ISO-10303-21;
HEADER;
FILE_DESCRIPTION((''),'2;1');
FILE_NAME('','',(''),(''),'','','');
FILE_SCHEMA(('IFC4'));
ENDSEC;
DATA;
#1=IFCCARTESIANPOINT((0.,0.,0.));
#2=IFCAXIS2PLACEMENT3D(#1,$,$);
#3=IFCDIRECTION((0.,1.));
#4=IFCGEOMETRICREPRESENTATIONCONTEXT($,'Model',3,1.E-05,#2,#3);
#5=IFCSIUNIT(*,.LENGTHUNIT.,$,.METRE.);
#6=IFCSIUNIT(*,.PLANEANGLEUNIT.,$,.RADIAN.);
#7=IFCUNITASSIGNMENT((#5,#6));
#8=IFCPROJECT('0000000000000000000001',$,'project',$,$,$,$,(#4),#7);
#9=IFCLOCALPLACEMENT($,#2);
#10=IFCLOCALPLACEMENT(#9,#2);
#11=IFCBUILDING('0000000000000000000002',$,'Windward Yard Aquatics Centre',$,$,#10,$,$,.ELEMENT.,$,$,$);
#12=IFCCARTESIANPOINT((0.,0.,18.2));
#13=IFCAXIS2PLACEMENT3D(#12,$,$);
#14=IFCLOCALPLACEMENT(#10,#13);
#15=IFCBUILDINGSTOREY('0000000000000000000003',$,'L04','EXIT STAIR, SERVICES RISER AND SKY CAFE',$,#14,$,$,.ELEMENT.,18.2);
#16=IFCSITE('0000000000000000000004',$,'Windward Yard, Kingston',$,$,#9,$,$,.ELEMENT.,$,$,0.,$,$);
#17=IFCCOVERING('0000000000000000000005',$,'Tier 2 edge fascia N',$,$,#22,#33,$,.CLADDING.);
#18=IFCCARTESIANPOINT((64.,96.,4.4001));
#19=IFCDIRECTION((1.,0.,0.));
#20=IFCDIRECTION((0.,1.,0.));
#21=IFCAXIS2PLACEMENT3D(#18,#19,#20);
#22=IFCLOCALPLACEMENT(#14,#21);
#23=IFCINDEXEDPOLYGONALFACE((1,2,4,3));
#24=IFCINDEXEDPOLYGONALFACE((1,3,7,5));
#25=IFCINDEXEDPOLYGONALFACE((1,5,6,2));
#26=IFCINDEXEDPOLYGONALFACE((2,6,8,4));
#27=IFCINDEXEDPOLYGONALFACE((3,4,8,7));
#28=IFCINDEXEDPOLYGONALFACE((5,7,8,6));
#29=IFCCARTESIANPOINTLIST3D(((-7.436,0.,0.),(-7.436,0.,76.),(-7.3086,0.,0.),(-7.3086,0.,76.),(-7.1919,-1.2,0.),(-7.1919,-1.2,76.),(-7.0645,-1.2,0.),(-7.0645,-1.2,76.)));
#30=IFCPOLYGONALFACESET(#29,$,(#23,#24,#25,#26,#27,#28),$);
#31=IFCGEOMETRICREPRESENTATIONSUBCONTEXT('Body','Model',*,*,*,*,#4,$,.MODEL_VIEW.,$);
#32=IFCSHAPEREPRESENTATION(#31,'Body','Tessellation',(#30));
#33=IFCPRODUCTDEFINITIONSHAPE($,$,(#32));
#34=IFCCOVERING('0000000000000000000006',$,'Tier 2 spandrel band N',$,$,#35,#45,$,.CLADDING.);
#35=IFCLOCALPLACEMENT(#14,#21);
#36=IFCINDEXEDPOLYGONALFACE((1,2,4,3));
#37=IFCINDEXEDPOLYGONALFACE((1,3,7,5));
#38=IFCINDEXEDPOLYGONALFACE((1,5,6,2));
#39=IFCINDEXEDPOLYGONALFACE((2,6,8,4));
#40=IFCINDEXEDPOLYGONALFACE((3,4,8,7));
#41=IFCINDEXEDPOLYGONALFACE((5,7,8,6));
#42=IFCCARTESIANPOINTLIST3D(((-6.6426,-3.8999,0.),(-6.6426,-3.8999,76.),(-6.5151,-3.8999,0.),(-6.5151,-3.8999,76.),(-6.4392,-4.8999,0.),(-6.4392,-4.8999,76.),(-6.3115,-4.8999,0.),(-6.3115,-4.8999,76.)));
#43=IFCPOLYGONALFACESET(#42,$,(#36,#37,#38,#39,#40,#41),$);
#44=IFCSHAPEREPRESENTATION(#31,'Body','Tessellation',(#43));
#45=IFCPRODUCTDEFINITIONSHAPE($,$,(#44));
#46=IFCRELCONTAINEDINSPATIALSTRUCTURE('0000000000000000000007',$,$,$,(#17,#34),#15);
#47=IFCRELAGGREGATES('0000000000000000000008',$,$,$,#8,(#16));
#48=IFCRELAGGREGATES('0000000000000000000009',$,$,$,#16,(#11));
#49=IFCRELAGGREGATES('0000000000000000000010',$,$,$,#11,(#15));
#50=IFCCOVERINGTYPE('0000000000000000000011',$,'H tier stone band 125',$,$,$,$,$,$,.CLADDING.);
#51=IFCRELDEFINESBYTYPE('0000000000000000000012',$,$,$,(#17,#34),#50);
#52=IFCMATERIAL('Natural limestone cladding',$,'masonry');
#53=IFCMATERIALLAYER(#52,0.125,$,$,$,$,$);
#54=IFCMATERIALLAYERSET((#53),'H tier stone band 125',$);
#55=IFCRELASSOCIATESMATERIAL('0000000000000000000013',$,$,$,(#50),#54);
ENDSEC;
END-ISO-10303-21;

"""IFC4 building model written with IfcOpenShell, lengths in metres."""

from ifc_helpers import new_model, si_unit, direction, frame, origin, place, context, subcontext, project, spatial, polyline, outline, extrude, material, layer, layer_set, type_object, element, save


model = new_model("IFC4")

# Units and contexts
model_context = context("Model", 3, precision=1e-05, world=origin(), true_north=direction((0.0, 1.0)))
body_context = subcontext(model_context, "Body", "Model", "MODEL_VIEW")
ifc_project = project(units=[si_unit("LENGTHUNIT", "METRE"), si_unit("PLANEANGLEUNIT", "RADIAN")], contexts=[model_context])

# Site, building, storey
site_placement = place(None, origin())
site = spatial("IfcSite", under=ifc_project, at=site_placement, Name="Windward Yard, Kingston", CompositionType="ELEMENT", RefElevation=0.0)
building_placement = place(site_placement, origin())
building = spatial("IfcBuilding", under=site, at=building_placement, Name="Windward Yard Aquatics Centre", CompositionType="ELEMENT")
storey_placement = place(building_placement, frame((0.0, 0.0, 18.2)))
storey = spatial("IfcBuildingStorey", under=building, at=storey_placement, Name="L04", Description="EXIT STAIR, SERVICES RISER AND SKY CAFE", CompositionType="ELEMENT", Elevation=18.2)

# Coverings
ifc_material_1 = material(Name="Natural limestone cladding", Category="masonry")
ifc_layer_1 = layer(ifc_material_1, 0.125)
ifc_layer_set_1 = layer_set([ifc_layer_1], Name="H tier stone band 125")
covering_type = type_object("IfcCoveringType", Name="H tier stone band 125", PredefinedType="CLADDING", material=ifc_layer_set_1)
covering_1_placement = place(storey_placement, frame((64.0, 96.0, 4.4001), z_axis=(1.0, 0.0, 0.0), x_axis=(0.0, 1.0, 0.0)))
element("IfcCovering", 1, at=covering_1_placement, inside=storey, type_object=covering_type, Name="Tier 2 edge fascia N", PredefinedType="CLADDING", context=body_context, shape_type="SweptSolid", body=[
    extrude(outline(polyline([(-7.0645, -1.2), (-7.1919, -1.2), (-7.436, 0.0), (-7.3086, 0.0), (-7.0645, -1.2)])), origin(), (0.0, 0.0, 1.0), 76.0),
])
covering_2_placement = place(storey_placement, frame((64.0, 96.0, 4.4001), z_axis=(1.0, 0.0, 0.0), x_axis=(0.0, 1.0, 0.0)))
element("IfcCovering", 2, at=covering_2_placement, inside=storey, type_object=covering_type, Name="Tier 2 spandrel band N", PredefinedType="CLADDING", context=body_context, shape_type="SweptSolid", body=[
    extrude(outline(polyline([(-6.3115, -4.8999), (-6.4392, -4.8999), (-6.6426, -3.8999), (-6.5151, -3.8999), (-6.3115, -4.8999)])), origin(), (0.0, 0.0, 1.0), 76.0),
])

save(model, "model.ifc")
